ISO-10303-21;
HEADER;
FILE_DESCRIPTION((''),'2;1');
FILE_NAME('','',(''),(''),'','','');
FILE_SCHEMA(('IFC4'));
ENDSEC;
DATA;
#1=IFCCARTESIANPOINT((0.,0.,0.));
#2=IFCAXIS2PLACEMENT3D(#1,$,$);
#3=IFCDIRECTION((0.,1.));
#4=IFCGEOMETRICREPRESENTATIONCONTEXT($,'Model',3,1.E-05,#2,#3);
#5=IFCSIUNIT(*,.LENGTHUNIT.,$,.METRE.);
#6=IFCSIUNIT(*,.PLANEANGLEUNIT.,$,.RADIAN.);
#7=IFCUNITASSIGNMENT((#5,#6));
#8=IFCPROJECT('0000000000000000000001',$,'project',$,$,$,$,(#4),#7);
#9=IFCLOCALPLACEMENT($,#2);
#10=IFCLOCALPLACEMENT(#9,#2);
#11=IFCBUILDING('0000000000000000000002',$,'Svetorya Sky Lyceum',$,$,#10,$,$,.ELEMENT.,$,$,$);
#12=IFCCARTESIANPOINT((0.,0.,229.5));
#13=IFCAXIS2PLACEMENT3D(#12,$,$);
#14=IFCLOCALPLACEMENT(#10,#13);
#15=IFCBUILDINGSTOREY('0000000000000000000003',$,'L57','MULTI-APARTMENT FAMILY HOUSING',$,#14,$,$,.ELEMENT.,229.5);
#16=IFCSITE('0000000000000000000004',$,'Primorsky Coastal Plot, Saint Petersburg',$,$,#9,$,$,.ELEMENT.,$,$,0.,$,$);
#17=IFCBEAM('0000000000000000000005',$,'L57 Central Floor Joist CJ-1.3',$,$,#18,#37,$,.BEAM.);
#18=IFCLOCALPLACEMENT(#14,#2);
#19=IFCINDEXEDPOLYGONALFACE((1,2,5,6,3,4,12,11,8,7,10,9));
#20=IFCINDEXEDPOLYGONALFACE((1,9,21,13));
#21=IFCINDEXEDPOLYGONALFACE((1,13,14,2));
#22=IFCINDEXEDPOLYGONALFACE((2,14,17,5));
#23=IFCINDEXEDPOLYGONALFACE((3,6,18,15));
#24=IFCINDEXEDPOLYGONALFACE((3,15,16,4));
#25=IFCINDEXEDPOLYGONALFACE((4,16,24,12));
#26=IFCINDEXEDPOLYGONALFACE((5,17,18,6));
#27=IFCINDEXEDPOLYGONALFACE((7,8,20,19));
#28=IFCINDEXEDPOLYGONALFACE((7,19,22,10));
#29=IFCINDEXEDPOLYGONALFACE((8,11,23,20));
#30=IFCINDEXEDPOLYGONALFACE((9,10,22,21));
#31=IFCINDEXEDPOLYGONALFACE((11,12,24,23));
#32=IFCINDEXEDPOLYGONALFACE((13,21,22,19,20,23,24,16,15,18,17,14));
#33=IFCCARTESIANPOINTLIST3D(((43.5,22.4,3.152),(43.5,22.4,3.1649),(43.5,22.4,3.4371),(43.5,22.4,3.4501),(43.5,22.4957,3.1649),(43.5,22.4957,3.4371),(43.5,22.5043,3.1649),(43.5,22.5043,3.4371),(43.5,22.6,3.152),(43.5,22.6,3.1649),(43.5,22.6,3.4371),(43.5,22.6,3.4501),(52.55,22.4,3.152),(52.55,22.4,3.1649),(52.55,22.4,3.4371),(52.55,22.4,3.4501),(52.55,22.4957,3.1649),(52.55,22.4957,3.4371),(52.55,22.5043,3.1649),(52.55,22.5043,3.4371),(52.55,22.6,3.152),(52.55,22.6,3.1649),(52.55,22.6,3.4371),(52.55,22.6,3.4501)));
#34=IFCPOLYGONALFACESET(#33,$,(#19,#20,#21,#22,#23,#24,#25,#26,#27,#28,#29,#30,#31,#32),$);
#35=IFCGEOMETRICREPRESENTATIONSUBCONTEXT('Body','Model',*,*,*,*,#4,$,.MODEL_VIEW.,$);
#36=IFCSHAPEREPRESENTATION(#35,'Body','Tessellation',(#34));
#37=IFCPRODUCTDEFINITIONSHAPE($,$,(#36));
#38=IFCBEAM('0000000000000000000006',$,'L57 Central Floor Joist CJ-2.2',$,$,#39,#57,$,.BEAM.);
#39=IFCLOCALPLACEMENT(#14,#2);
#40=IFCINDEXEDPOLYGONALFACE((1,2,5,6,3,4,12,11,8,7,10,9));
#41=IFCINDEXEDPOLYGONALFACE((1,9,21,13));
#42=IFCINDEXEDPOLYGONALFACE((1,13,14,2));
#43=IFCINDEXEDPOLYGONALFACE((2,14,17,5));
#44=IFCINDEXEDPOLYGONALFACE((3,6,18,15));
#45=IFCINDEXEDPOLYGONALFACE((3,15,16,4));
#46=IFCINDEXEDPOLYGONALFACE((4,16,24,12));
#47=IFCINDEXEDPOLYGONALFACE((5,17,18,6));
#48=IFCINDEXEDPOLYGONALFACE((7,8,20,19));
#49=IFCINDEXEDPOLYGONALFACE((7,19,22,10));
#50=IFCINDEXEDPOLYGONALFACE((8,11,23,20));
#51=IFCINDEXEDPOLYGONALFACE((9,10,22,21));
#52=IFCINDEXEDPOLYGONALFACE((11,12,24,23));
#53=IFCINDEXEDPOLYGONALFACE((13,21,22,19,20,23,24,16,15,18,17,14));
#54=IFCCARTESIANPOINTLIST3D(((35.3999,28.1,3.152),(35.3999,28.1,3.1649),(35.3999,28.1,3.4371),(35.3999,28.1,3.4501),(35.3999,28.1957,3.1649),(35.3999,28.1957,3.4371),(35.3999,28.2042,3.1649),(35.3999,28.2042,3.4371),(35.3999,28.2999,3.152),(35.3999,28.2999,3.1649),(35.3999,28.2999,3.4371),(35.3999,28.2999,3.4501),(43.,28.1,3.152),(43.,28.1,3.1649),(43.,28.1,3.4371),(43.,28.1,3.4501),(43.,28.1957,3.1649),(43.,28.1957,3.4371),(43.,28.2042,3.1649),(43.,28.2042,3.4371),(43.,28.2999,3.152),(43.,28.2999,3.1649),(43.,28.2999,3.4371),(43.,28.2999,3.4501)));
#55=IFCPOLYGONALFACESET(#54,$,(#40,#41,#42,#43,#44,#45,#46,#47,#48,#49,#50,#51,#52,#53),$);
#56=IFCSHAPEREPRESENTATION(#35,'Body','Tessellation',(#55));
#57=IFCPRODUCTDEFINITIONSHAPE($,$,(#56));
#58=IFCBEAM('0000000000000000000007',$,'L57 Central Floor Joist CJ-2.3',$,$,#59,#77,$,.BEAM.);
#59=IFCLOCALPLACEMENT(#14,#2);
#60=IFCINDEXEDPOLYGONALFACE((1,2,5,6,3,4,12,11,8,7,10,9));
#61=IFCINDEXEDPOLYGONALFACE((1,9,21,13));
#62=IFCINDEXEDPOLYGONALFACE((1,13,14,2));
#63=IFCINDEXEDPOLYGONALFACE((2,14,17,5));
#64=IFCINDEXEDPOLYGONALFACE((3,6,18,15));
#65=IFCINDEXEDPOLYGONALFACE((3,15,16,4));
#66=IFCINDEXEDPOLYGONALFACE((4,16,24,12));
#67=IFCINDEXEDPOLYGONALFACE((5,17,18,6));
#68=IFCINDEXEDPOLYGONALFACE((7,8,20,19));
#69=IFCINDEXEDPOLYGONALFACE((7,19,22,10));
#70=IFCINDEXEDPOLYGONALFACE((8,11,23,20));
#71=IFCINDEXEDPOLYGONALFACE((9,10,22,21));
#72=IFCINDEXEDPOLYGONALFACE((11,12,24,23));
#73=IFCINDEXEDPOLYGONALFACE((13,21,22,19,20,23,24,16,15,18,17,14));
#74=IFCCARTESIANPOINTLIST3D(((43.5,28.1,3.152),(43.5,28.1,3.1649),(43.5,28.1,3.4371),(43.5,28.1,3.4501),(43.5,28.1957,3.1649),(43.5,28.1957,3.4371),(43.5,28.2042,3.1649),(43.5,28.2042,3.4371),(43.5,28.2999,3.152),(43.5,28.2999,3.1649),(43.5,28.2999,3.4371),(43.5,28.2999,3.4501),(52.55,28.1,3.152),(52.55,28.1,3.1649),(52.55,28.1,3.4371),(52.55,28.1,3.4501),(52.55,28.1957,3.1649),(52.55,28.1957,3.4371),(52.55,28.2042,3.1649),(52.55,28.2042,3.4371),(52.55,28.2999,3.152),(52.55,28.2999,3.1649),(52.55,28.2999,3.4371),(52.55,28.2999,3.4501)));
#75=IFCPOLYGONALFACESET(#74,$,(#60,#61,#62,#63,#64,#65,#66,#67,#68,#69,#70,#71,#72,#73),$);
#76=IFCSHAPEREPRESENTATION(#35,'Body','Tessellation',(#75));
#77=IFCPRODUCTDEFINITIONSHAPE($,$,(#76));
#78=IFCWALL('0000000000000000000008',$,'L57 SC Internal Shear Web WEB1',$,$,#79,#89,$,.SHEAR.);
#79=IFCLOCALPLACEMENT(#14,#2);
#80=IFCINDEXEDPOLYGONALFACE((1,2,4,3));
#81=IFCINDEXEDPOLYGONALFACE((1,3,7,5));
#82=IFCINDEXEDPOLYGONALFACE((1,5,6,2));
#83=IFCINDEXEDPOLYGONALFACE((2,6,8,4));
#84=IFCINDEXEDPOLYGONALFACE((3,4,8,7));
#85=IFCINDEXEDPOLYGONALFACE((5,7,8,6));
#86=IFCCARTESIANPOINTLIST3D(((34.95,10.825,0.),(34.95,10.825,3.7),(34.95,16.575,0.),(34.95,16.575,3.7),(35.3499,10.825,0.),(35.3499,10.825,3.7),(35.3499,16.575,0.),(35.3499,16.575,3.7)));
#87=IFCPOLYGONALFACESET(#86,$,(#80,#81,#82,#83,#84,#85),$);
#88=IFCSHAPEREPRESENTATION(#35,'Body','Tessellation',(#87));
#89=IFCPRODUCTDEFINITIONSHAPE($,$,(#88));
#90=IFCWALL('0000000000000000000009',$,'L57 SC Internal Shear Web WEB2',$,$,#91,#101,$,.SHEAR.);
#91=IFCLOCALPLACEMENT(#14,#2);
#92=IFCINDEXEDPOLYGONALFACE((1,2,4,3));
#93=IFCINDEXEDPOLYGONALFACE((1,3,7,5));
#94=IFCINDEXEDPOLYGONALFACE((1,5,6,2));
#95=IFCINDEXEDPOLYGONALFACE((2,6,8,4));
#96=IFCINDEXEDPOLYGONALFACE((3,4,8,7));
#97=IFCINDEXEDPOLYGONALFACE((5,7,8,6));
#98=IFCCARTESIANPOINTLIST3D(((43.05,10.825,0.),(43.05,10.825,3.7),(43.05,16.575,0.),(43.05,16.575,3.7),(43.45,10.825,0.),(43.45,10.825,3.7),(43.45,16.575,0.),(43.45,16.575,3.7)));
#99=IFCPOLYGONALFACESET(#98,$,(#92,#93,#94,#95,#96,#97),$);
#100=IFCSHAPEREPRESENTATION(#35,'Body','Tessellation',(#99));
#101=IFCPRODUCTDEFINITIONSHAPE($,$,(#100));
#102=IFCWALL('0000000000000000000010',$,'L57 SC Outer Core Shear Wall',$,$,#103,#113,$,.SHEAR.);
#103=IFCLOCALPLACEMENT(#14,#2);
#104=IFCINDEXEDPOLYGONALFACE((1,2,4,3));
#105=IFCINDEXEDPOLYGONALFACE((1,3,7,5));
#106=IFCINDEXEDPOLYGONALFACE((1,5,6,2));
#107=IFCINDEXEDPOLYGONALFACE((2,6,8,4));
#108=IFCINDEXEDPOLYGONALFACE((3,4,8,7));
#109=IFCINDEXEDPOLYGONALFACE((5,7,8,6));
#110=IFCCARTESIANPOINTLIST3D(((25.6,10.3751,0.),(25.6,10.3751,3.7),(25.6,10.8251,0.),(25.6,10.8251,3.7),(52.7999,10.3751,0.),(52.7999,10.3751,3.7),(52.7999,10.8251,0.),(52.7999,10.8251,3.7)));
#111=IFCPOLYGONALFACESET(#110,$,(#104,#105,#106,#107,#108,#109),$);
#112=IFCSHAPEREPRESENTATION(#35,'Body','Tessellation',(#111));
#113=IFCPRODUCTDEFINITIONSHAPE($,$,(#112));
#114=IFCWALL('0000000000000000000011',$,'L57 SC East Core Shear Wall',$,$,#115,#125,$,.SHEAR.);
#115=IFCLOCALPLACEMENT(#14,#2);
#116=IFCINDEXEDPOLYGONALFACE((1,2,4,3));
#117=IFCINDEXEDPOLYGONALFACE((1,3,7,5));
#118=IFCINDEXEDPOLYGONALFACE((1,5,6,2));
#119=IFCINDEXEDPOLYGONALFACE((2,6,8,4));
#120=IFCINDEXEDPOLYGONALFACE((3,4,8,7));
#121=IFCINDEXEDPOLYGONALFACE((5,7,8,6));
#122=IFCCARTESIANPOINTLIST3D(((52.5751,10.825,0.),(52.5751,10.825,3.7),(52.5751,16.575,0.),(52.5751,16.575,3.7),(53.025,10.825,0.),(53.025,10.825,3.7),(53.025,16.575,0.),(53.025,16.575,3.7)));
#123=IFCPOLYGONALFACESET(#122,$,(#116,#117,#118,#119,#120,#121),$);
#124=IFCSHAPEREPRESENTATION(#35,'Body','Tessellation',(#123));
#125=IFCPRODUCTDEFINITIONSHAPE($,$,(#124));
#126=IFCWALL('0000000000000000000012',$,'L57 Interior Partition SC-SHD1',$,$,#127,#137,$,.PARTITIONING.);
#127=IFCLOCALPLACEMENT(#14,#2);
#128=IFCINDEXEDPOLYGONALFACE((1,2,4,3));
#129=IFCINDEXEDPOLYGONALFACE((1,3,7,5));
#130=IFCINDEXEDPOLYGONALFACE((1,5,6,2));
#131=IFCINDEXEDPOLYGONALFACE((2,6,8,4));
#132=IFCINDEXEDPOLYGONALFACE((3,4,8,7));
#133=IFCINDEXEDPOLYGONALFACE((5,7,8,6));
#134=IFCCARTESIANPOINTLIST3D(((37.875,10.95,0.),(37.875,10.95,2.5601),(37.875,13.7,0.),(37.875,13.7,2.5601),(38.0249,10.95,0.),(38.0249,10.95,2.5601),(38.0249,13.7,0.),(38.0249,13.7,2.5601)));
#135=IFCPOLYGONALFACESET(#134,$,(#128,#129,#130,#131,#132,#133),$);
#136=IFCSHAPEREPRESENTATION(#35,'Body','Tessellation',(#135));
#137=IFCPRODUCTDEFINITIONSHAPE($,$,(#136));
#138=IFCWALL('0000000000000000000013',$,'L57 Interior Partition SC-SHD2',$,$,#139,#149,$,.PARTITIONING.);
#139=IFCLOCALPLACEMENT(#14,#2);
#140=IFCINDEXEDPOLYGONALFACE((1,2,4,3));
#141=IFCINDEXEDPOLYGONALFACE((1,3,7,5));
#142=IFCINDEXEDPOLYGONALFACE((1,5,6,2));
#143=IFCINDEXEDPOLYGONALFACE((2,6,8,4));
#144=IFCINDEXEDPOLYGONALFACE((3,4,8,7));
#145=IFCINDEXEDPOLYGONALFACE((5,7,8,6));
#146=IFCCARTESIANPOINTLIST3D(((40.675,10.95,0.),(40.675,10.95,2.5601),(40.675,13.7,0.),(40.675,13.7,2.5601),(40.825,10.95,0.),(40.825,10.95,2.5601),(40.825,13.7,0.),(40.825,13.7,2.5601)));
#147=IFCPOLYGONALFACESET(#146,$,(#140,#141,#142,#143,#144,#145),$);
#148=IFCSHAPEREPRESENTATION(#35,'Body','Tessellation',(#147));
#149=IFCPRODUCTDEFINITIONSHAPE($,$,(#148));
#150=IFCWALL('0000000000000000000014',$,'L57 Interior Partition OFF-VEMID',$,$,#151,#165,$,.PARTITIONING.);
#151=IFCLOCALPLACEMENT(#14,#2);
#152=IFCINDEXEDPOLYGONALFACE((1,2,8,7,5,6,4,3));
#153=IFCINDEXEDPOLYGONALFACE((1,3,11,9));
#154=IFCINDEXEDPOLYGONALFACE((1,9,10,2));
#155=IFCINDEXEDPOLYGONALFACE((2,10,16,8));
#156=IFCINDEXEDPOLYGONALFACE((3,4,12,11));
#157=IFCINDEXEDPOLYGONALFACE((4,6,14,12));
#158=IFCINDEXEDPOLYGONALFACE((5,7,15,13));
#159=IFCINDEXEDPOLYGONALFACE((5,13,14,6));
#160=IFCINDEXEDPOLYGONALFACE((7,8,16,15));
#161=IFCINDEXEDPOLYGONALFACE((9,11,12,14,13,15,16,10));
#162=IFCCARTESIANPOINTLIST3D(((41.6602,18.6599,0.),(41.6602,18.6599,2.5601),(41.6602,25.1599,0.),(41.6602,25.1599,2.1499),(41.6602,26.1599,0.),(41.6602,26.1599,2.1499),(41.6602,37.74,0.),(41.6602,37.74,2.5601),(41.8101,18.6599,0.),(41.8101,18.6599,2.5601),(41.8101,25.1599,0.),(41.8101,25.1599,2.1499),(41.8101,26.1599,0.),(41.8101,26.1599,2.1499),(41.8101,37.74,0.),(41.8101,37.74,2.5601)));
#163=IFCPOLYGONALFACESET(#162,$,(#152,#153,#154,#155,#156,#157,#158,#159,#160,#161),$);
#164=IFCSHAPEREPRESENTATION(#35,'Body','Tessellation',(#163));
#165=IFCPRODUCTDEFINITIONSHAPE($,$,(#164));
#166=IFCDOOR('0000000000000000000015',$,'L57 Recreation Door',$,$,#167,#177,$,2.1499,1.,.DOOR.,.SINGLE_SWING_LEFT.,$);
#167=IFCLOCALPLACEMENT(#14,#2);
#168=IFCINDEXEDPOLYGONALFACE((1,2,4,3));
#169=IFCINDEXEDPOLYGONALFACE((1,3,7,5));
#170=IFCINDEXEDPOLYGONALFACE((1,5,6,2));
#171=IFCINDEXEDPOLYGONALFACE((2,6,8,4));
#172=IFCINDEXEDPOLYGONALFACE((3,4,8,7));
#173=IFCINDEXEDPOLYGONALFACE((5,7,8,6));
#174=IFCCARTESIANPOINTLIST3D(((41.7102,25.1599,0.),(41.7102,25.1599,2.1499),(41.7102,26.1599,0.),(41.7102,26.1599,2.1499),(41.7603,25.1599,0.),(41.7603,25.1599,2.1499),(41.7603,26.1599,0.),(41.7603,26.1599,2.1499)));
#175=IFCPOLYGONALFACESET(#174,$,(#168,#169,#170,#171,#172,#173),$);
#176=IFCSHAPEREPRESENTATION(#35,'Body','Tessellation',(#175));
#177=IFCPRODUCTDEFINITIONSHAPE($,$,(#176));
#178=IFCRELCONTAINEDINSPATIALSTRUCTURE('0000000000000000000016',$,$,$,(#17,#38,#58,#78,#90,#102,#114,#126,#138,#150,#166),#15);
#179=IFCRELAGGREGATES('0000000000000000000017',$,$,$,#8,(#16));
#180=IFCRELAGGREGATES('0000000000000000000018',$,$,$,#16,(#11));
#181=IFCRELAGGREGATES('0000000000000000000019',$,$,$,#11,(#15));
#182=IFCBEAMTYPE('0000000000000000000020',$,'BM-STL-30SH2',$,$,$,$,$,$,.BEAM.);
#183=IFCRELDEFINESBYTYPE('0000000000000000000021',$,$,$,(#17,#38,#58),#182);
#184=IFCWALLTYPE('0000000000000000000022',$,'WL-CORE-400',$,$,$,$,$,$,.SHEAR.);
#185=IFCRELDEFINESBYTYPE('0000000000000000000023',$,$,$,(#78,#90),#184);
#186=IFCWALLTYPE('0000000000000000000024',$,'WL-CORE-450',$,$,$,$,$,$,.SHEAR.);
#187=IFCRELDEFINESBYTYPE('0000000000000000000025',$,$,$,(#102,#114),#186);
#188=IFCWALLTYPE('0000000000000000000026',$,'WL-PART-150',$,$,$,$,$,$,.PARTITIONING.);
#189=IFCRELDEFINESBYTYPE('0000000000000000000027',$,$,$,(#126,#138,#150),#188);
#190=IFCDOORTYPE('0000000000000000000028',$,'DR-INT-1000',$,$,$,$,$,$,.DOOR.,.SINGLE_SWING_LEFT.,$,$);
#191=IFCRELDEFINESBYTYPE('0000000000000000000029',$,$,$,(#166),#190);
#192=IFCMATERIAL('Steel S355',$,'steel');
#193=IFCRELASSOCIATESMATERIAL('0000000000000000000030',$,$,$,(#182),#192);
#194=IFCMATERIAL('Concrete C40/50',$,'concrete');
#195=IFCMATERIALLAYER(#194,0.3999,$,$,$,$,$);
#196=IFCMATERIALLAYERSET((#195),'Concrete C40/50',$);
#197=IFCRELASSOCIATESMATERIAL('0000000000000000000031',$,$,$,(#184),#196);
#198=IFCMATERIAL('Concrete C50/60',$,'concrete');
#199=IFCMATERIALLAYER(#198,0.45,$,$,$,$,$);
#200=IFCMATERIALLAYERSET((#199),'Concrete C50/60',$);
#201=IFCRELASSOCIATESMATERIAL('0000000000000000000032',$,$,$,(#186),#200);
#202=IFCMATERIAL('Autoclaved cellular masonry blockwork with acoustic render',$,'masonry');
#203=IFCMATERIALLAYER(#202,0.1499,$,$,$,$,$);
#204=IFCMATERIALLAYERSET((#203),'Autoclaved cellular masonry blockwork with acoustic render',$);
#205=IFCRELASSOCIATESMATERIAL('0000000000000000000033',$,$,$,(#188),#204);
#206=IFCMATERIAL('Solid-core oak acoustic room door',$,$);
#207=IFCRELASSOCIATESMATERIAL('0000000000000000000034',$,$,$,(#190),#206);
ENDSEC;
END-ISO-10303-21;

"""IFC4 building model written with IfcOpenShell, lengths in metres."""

from ifc_helpers import new_model, si_unit, direction, frame, frame_2d, origin, origin_2d, place, context, subcontext, project, spatial, rectangle, i_section, extrude, material, layer, layer_set, material_profile, profile_set, type_object, element, fill, save


model = new_model("IFC4")

# Units and contexts
model_context = context("Model", 3, precision=1e-05, world=origin(), true_north=direction((0.0, 1.0)))
body_context = subcontext(model_context, "Body", "Model", "MODEL_VIEW")
ifc_project = project(units=[si_unit("LENGTHUNIT", "METRE"), si_unit("PLANEANGLEUNIT", "RADIAN")], contexts=[model_context])

# Site, building, storey
site_placement = place(None, origin())
site = spatial("IfcSite", under=ifc_project, at=site_placement, Name="Primorsky Coastal Plot, Saint Petersburg", CompositionType="ELEMENT", RefElevation=0.0)
building_placement = place(site_placement, origin())
building = spatial("IfcBuilding", under=site, at=building_placement, Name="Svetorya Sky Lyceum", CompositionType="ELEMENT")
storey_placement = place(building_placement, frame((0.0, 0.0, 229.5)))
storey = spatial("IfcBuildingStorey", under=building, at=storey_placement, Name="L57", Description="MULTI-APARTMENT FAMILY HOUSING", CompositionType="ELEMENT", Elevation=229.5)

# Shared definitions
ifc_material_1 = material(Name="Concrete C50/60", Category="concrete")

# Beams
ifc_material_2 = material(Name="Steel S355", Category="steel")
ifc_material_profile_1 = material_profile(ifc_material_2, i_section(OverallWidth=0.2, OverallDepth=0.2981, WebThickness=0.0085, FlangeThickness=0.0129, at=origin_2d()), Name="GOST 30Sh2")
ifc_profile_set_1 = profile_set([ifc_material_profile_1], Name="Steel S355")
beam_type_1 = type_object("IfcBeamType", Name="BM-STL-30SH2", PredefinedType="BEAM", material=ifc_profile_set_1)
beam_1_placement = place(storey_placement, frame((43.5, 22.5, 3.301), z_axis=(1.0, 0.0, 0.0), x_axis=(0.0, 1.0, 0.0)))
element("IfcBeam", 1, at=beam_1_placement, inside=storey, type_object=beam_type_1, Name="L57 Central Floor Joist CJ-1.3", PredefinedType="BEAM", context=body_context, shape_type="SweptSolid", body=[
    extrude(i_section(OverallWidth=0.2, OverallDepth=0.2981, WebThickness=0.0085, FlangeThickness=0.0129, at=origin_2d()), origin(), (0.0, 0.0, 1.0), 9.05),
])
beam_2_placement = place(storey_placement, frame((35.3999, 28.2, 3.301), z_axis=(1.0, 0.0, 0.0), x_axis=(0.0, 1.0, 0.0)))
element("IfcBeam", 2, at=beam_2_placement, inside=storey, type_object=beam_type_1, Name="L57 Central Floor Joist CJ-2.2", PredefinedType="BEAM", context=body_context, shape_type="SweptSolid", body=[
    extrude(i_section(OverallWidth=0.2, OverallDepth=0.2981, WebThickness=0.0085, FlangeThickness=0.0129, at=origin_2d()), origin(), (0.0, 0.0, 1.0), 7.6001),
])
beam_3_placement = place(storey_placement, frame((43.5, 28.2, 3.301), z_axis=(1.0, 0.0, 0.0), x_axis=(0.0, 1.0, 0.0)))
element("IfcBeam", 3, at=beam_3_placement, inside=storey, type_object=beam_type_1, Name="L57 Central Floor Joist CJ-2.3", PredefinedType="BEAM", context=body_context, shape_type="SweptSolid", body=[
    extrude(i_section(OverallWidth=0.2, OverallDepth=0.2981, WebThickness=0.0085, FlangeThickness=0.0129, at=origin_2d()), origin(), (0.0, 0.0, 1.0), 9.05),
])

# Walls
ifc_material_3 = material(Name="Concrete C40/50", Category="concrete")
ifc_layer_1 = layer(ifc_material_3, 0.3999)
ifc_layer_set_1 = layer_set([ifc_layer_1], Name="Concrete C40/50")
wall_type_1 = type_object("IfcWallType", Name="WL-CORE-400", PredefinedType="SHEAR", material=ifc_layer_set_1)
for number, where, z_axis, x_axis, name in (
    (4, (35.1499, 10.825, 0.0), (0.0, 0.0, 1.0), (0.0, 1.0, 0.0), "L57 SC Internal Shear Web WEB1"),
    (5, (43.25, 10.825, 0.0), (0.0, 0.0, 1.0), (0.0, 1.0, 0.0), "L57 SC Internal Shear Web WEB2"),
):
    element("IfcWall", number, at=place(storey_placement, frame(where, z_axis=z_axis, x_axis=x_axis)), inside=storey, type_object=wall_type_1, Name=name, PredefinedType="SHEAR", context=body_context, shape_type="SweptSolid", body=[
        extrude(rectangle(XDim=5.75, YDim=0.3999, at=frame_2d((2.875, 0.0))), origin(), (0.0, 0.0, 1.0), 3.7),
    ])
ifc_layer_2 = layer(ifc_material_1, 0.45)
ifc_layer_set_2 = layer_set([ifc_layer_2], Name="Concrete C50/60")
wall_type_2 = type_object("IfcWallType", Name="WL-CORE-450", PredefinedType="SHEAR", material=ifc_layer_set_2)
wall_1_placement = place(storey_placement, frame((52.8, 10.6001, 0.0), z_axis=(0.0, 0.0, 1.0), x_axis=(-1.0, 0.0, 0.0)))
element("IfcWall", 6, at=wall_1_placement, inside=storey, type_object=wall_type_2, Name="L57 SC Outer Core Shear Wall", PredefinedType="SHEAR", context=body_context, shape_type="SweptSolid", body=[
    extrude(rectangle(XDim=27.2, YDim=0.45, at=frame_2d((13.6001, 0.0))), origin(), (0.0, 0.0, 1.0), 3.7),
])
wall_2_placement = place(storey_placement, frame((52.8, 10.825, 0.0), z_axis=(0.0, 0.0, 1.0), x_axis=(0.0, 1.0, 0.0)))
element("IfcWall", 7, at=wall_2_placement, inside=storey, type_object=wall_type_2, Name="L57 SC East Core Shear Wall", PredefinedType="SHEAR", context=body_context, shape_type="SweptSolid", body=[
    extrude(rectangle(XDim=5.75, YDim=0.45, at=frame_2d((2.875, 0.0))), origin(), (0.0, 0.0, 1.0), 3.7),
])
ifc_material_4 = material(Name="Autoclaved cellular masonry blockwork with acoustic render", Category="masonry")
ifc_layer_3 = layer(ifc_material_4, 0.1499)
ifc_layer_set_3 = layer_set([ifc_layer_3], Name="Autoclaved cellular masonry blockwork with acoustic render")
wall_type_3 = type_object("IfcWallType", Name="WL-PART-150", PredefinedType="PARTITIONING", material=ifc_layer_set_3)
for number, where, z_axis, x_axis, name in (
    (8, (37.95, 10.95, 0.0), (0.0, 0.0, 1.0), (0.0, 1.0, 0.0), "L57 Interior Partition SC-SHD1"),
    (9, (40.75, 10.95, 0.0), (0.0, 0.0, 1.0), (0.0, 1.0, 0.0), "L57 Interior Partition SC-SHD2"),
):
    element("IfcWall", number, at=place(storey_placement, frame(where, z_axis=z_axis, x_axis=x_axis)), inside=storey, type_object=wall_type_3, Name=name, PredefinedType="PARTITIONING", context=body_context, shape_type="SweptSolid", body=[
        extrude(rectangle(XDim=2.75, YDim=0.1499, at=frame_2d((1.375, 0.0))), origin(), (0.0, 0.0, 1.0), 2.5601),
    ])

# Wall, opening, door
wall_3_placement = place(storey_placement, frame((41.7351, 18.6599, 0.0), z_axis=(0.0, 0.0, 1.0), x_axis=(0.0, 1.0, 0.0)))
wall_3 = element("IfcWall", 10, at=wall_3_placement, inside=storey, type_object=wall_type_3, Name="L57 Interior Partition OFF-VEMID", PredefinedType="PARTITIONING", context=body_context, shape_type="SweptSolid", body=[
    extrude(rectangle(XDim=19.0801, YDim=0.1499, at=frame_2d((9.54, 0.0))), origin(), (0.0, 0.0, 1.0), 2.5601),
])
opening_1_placement = place(wall_3_placement, frame((6.5, 0.0, 0.0)))
opening_1 = element("IfcOpeningElement", 11, at=opening_1_placement, cuts=wall_3, PredefinedType="OPENING", context=body_context, shape_type="SweptSolid", body=[
    extrude(rectangle(XDim=1.0, YDim=2.1499, at=frame_2d((0.5, 1.075))), frame((0.0, 0.085, 0.0), z_axis=(0.0, -1.0, 0.0), x_axis=(1.0, 0.0, 0.0)), (0.0, 0.0, 1.0), 0.1699),
])
ifc_material_5 = material(Name="Solid-core oak acoustic room door")
door_type_1 = type_object("IfcDoorType", Name="DR-INT-1000", OperationType="SINGLE_SWING_LEFT", PredefinedType="DOOR", material=ifc_material_5)
door_1_placement = place(opening_1_placement, origin())
door_1 = element("IfcDoor", 12, at=door_1_placement, inside=storey, type_object=door_type_1, Name="L57 Recreation Door", OperationType="SINGLE_SWING_LEFT", OverallHeight=2.1499, OverallWidth=1.0, PredefinedType="DOOR", context=body_context, shape_type="SweptSolid", body=[
    extrude(rectangle(XDim=1.0, YDim=2.1499, at=frame_2d((0.5, 1.075))), frame((0.0, 0.0249, 0.0), z_axis=(0.0, -1.0, 0.0), x_axis=(1.0, 0.0, 0.0)), (0.0, 0.0, 1.0), 0.05),
])
fill(opening_1, door_1)

save(model, "model.ifc")
